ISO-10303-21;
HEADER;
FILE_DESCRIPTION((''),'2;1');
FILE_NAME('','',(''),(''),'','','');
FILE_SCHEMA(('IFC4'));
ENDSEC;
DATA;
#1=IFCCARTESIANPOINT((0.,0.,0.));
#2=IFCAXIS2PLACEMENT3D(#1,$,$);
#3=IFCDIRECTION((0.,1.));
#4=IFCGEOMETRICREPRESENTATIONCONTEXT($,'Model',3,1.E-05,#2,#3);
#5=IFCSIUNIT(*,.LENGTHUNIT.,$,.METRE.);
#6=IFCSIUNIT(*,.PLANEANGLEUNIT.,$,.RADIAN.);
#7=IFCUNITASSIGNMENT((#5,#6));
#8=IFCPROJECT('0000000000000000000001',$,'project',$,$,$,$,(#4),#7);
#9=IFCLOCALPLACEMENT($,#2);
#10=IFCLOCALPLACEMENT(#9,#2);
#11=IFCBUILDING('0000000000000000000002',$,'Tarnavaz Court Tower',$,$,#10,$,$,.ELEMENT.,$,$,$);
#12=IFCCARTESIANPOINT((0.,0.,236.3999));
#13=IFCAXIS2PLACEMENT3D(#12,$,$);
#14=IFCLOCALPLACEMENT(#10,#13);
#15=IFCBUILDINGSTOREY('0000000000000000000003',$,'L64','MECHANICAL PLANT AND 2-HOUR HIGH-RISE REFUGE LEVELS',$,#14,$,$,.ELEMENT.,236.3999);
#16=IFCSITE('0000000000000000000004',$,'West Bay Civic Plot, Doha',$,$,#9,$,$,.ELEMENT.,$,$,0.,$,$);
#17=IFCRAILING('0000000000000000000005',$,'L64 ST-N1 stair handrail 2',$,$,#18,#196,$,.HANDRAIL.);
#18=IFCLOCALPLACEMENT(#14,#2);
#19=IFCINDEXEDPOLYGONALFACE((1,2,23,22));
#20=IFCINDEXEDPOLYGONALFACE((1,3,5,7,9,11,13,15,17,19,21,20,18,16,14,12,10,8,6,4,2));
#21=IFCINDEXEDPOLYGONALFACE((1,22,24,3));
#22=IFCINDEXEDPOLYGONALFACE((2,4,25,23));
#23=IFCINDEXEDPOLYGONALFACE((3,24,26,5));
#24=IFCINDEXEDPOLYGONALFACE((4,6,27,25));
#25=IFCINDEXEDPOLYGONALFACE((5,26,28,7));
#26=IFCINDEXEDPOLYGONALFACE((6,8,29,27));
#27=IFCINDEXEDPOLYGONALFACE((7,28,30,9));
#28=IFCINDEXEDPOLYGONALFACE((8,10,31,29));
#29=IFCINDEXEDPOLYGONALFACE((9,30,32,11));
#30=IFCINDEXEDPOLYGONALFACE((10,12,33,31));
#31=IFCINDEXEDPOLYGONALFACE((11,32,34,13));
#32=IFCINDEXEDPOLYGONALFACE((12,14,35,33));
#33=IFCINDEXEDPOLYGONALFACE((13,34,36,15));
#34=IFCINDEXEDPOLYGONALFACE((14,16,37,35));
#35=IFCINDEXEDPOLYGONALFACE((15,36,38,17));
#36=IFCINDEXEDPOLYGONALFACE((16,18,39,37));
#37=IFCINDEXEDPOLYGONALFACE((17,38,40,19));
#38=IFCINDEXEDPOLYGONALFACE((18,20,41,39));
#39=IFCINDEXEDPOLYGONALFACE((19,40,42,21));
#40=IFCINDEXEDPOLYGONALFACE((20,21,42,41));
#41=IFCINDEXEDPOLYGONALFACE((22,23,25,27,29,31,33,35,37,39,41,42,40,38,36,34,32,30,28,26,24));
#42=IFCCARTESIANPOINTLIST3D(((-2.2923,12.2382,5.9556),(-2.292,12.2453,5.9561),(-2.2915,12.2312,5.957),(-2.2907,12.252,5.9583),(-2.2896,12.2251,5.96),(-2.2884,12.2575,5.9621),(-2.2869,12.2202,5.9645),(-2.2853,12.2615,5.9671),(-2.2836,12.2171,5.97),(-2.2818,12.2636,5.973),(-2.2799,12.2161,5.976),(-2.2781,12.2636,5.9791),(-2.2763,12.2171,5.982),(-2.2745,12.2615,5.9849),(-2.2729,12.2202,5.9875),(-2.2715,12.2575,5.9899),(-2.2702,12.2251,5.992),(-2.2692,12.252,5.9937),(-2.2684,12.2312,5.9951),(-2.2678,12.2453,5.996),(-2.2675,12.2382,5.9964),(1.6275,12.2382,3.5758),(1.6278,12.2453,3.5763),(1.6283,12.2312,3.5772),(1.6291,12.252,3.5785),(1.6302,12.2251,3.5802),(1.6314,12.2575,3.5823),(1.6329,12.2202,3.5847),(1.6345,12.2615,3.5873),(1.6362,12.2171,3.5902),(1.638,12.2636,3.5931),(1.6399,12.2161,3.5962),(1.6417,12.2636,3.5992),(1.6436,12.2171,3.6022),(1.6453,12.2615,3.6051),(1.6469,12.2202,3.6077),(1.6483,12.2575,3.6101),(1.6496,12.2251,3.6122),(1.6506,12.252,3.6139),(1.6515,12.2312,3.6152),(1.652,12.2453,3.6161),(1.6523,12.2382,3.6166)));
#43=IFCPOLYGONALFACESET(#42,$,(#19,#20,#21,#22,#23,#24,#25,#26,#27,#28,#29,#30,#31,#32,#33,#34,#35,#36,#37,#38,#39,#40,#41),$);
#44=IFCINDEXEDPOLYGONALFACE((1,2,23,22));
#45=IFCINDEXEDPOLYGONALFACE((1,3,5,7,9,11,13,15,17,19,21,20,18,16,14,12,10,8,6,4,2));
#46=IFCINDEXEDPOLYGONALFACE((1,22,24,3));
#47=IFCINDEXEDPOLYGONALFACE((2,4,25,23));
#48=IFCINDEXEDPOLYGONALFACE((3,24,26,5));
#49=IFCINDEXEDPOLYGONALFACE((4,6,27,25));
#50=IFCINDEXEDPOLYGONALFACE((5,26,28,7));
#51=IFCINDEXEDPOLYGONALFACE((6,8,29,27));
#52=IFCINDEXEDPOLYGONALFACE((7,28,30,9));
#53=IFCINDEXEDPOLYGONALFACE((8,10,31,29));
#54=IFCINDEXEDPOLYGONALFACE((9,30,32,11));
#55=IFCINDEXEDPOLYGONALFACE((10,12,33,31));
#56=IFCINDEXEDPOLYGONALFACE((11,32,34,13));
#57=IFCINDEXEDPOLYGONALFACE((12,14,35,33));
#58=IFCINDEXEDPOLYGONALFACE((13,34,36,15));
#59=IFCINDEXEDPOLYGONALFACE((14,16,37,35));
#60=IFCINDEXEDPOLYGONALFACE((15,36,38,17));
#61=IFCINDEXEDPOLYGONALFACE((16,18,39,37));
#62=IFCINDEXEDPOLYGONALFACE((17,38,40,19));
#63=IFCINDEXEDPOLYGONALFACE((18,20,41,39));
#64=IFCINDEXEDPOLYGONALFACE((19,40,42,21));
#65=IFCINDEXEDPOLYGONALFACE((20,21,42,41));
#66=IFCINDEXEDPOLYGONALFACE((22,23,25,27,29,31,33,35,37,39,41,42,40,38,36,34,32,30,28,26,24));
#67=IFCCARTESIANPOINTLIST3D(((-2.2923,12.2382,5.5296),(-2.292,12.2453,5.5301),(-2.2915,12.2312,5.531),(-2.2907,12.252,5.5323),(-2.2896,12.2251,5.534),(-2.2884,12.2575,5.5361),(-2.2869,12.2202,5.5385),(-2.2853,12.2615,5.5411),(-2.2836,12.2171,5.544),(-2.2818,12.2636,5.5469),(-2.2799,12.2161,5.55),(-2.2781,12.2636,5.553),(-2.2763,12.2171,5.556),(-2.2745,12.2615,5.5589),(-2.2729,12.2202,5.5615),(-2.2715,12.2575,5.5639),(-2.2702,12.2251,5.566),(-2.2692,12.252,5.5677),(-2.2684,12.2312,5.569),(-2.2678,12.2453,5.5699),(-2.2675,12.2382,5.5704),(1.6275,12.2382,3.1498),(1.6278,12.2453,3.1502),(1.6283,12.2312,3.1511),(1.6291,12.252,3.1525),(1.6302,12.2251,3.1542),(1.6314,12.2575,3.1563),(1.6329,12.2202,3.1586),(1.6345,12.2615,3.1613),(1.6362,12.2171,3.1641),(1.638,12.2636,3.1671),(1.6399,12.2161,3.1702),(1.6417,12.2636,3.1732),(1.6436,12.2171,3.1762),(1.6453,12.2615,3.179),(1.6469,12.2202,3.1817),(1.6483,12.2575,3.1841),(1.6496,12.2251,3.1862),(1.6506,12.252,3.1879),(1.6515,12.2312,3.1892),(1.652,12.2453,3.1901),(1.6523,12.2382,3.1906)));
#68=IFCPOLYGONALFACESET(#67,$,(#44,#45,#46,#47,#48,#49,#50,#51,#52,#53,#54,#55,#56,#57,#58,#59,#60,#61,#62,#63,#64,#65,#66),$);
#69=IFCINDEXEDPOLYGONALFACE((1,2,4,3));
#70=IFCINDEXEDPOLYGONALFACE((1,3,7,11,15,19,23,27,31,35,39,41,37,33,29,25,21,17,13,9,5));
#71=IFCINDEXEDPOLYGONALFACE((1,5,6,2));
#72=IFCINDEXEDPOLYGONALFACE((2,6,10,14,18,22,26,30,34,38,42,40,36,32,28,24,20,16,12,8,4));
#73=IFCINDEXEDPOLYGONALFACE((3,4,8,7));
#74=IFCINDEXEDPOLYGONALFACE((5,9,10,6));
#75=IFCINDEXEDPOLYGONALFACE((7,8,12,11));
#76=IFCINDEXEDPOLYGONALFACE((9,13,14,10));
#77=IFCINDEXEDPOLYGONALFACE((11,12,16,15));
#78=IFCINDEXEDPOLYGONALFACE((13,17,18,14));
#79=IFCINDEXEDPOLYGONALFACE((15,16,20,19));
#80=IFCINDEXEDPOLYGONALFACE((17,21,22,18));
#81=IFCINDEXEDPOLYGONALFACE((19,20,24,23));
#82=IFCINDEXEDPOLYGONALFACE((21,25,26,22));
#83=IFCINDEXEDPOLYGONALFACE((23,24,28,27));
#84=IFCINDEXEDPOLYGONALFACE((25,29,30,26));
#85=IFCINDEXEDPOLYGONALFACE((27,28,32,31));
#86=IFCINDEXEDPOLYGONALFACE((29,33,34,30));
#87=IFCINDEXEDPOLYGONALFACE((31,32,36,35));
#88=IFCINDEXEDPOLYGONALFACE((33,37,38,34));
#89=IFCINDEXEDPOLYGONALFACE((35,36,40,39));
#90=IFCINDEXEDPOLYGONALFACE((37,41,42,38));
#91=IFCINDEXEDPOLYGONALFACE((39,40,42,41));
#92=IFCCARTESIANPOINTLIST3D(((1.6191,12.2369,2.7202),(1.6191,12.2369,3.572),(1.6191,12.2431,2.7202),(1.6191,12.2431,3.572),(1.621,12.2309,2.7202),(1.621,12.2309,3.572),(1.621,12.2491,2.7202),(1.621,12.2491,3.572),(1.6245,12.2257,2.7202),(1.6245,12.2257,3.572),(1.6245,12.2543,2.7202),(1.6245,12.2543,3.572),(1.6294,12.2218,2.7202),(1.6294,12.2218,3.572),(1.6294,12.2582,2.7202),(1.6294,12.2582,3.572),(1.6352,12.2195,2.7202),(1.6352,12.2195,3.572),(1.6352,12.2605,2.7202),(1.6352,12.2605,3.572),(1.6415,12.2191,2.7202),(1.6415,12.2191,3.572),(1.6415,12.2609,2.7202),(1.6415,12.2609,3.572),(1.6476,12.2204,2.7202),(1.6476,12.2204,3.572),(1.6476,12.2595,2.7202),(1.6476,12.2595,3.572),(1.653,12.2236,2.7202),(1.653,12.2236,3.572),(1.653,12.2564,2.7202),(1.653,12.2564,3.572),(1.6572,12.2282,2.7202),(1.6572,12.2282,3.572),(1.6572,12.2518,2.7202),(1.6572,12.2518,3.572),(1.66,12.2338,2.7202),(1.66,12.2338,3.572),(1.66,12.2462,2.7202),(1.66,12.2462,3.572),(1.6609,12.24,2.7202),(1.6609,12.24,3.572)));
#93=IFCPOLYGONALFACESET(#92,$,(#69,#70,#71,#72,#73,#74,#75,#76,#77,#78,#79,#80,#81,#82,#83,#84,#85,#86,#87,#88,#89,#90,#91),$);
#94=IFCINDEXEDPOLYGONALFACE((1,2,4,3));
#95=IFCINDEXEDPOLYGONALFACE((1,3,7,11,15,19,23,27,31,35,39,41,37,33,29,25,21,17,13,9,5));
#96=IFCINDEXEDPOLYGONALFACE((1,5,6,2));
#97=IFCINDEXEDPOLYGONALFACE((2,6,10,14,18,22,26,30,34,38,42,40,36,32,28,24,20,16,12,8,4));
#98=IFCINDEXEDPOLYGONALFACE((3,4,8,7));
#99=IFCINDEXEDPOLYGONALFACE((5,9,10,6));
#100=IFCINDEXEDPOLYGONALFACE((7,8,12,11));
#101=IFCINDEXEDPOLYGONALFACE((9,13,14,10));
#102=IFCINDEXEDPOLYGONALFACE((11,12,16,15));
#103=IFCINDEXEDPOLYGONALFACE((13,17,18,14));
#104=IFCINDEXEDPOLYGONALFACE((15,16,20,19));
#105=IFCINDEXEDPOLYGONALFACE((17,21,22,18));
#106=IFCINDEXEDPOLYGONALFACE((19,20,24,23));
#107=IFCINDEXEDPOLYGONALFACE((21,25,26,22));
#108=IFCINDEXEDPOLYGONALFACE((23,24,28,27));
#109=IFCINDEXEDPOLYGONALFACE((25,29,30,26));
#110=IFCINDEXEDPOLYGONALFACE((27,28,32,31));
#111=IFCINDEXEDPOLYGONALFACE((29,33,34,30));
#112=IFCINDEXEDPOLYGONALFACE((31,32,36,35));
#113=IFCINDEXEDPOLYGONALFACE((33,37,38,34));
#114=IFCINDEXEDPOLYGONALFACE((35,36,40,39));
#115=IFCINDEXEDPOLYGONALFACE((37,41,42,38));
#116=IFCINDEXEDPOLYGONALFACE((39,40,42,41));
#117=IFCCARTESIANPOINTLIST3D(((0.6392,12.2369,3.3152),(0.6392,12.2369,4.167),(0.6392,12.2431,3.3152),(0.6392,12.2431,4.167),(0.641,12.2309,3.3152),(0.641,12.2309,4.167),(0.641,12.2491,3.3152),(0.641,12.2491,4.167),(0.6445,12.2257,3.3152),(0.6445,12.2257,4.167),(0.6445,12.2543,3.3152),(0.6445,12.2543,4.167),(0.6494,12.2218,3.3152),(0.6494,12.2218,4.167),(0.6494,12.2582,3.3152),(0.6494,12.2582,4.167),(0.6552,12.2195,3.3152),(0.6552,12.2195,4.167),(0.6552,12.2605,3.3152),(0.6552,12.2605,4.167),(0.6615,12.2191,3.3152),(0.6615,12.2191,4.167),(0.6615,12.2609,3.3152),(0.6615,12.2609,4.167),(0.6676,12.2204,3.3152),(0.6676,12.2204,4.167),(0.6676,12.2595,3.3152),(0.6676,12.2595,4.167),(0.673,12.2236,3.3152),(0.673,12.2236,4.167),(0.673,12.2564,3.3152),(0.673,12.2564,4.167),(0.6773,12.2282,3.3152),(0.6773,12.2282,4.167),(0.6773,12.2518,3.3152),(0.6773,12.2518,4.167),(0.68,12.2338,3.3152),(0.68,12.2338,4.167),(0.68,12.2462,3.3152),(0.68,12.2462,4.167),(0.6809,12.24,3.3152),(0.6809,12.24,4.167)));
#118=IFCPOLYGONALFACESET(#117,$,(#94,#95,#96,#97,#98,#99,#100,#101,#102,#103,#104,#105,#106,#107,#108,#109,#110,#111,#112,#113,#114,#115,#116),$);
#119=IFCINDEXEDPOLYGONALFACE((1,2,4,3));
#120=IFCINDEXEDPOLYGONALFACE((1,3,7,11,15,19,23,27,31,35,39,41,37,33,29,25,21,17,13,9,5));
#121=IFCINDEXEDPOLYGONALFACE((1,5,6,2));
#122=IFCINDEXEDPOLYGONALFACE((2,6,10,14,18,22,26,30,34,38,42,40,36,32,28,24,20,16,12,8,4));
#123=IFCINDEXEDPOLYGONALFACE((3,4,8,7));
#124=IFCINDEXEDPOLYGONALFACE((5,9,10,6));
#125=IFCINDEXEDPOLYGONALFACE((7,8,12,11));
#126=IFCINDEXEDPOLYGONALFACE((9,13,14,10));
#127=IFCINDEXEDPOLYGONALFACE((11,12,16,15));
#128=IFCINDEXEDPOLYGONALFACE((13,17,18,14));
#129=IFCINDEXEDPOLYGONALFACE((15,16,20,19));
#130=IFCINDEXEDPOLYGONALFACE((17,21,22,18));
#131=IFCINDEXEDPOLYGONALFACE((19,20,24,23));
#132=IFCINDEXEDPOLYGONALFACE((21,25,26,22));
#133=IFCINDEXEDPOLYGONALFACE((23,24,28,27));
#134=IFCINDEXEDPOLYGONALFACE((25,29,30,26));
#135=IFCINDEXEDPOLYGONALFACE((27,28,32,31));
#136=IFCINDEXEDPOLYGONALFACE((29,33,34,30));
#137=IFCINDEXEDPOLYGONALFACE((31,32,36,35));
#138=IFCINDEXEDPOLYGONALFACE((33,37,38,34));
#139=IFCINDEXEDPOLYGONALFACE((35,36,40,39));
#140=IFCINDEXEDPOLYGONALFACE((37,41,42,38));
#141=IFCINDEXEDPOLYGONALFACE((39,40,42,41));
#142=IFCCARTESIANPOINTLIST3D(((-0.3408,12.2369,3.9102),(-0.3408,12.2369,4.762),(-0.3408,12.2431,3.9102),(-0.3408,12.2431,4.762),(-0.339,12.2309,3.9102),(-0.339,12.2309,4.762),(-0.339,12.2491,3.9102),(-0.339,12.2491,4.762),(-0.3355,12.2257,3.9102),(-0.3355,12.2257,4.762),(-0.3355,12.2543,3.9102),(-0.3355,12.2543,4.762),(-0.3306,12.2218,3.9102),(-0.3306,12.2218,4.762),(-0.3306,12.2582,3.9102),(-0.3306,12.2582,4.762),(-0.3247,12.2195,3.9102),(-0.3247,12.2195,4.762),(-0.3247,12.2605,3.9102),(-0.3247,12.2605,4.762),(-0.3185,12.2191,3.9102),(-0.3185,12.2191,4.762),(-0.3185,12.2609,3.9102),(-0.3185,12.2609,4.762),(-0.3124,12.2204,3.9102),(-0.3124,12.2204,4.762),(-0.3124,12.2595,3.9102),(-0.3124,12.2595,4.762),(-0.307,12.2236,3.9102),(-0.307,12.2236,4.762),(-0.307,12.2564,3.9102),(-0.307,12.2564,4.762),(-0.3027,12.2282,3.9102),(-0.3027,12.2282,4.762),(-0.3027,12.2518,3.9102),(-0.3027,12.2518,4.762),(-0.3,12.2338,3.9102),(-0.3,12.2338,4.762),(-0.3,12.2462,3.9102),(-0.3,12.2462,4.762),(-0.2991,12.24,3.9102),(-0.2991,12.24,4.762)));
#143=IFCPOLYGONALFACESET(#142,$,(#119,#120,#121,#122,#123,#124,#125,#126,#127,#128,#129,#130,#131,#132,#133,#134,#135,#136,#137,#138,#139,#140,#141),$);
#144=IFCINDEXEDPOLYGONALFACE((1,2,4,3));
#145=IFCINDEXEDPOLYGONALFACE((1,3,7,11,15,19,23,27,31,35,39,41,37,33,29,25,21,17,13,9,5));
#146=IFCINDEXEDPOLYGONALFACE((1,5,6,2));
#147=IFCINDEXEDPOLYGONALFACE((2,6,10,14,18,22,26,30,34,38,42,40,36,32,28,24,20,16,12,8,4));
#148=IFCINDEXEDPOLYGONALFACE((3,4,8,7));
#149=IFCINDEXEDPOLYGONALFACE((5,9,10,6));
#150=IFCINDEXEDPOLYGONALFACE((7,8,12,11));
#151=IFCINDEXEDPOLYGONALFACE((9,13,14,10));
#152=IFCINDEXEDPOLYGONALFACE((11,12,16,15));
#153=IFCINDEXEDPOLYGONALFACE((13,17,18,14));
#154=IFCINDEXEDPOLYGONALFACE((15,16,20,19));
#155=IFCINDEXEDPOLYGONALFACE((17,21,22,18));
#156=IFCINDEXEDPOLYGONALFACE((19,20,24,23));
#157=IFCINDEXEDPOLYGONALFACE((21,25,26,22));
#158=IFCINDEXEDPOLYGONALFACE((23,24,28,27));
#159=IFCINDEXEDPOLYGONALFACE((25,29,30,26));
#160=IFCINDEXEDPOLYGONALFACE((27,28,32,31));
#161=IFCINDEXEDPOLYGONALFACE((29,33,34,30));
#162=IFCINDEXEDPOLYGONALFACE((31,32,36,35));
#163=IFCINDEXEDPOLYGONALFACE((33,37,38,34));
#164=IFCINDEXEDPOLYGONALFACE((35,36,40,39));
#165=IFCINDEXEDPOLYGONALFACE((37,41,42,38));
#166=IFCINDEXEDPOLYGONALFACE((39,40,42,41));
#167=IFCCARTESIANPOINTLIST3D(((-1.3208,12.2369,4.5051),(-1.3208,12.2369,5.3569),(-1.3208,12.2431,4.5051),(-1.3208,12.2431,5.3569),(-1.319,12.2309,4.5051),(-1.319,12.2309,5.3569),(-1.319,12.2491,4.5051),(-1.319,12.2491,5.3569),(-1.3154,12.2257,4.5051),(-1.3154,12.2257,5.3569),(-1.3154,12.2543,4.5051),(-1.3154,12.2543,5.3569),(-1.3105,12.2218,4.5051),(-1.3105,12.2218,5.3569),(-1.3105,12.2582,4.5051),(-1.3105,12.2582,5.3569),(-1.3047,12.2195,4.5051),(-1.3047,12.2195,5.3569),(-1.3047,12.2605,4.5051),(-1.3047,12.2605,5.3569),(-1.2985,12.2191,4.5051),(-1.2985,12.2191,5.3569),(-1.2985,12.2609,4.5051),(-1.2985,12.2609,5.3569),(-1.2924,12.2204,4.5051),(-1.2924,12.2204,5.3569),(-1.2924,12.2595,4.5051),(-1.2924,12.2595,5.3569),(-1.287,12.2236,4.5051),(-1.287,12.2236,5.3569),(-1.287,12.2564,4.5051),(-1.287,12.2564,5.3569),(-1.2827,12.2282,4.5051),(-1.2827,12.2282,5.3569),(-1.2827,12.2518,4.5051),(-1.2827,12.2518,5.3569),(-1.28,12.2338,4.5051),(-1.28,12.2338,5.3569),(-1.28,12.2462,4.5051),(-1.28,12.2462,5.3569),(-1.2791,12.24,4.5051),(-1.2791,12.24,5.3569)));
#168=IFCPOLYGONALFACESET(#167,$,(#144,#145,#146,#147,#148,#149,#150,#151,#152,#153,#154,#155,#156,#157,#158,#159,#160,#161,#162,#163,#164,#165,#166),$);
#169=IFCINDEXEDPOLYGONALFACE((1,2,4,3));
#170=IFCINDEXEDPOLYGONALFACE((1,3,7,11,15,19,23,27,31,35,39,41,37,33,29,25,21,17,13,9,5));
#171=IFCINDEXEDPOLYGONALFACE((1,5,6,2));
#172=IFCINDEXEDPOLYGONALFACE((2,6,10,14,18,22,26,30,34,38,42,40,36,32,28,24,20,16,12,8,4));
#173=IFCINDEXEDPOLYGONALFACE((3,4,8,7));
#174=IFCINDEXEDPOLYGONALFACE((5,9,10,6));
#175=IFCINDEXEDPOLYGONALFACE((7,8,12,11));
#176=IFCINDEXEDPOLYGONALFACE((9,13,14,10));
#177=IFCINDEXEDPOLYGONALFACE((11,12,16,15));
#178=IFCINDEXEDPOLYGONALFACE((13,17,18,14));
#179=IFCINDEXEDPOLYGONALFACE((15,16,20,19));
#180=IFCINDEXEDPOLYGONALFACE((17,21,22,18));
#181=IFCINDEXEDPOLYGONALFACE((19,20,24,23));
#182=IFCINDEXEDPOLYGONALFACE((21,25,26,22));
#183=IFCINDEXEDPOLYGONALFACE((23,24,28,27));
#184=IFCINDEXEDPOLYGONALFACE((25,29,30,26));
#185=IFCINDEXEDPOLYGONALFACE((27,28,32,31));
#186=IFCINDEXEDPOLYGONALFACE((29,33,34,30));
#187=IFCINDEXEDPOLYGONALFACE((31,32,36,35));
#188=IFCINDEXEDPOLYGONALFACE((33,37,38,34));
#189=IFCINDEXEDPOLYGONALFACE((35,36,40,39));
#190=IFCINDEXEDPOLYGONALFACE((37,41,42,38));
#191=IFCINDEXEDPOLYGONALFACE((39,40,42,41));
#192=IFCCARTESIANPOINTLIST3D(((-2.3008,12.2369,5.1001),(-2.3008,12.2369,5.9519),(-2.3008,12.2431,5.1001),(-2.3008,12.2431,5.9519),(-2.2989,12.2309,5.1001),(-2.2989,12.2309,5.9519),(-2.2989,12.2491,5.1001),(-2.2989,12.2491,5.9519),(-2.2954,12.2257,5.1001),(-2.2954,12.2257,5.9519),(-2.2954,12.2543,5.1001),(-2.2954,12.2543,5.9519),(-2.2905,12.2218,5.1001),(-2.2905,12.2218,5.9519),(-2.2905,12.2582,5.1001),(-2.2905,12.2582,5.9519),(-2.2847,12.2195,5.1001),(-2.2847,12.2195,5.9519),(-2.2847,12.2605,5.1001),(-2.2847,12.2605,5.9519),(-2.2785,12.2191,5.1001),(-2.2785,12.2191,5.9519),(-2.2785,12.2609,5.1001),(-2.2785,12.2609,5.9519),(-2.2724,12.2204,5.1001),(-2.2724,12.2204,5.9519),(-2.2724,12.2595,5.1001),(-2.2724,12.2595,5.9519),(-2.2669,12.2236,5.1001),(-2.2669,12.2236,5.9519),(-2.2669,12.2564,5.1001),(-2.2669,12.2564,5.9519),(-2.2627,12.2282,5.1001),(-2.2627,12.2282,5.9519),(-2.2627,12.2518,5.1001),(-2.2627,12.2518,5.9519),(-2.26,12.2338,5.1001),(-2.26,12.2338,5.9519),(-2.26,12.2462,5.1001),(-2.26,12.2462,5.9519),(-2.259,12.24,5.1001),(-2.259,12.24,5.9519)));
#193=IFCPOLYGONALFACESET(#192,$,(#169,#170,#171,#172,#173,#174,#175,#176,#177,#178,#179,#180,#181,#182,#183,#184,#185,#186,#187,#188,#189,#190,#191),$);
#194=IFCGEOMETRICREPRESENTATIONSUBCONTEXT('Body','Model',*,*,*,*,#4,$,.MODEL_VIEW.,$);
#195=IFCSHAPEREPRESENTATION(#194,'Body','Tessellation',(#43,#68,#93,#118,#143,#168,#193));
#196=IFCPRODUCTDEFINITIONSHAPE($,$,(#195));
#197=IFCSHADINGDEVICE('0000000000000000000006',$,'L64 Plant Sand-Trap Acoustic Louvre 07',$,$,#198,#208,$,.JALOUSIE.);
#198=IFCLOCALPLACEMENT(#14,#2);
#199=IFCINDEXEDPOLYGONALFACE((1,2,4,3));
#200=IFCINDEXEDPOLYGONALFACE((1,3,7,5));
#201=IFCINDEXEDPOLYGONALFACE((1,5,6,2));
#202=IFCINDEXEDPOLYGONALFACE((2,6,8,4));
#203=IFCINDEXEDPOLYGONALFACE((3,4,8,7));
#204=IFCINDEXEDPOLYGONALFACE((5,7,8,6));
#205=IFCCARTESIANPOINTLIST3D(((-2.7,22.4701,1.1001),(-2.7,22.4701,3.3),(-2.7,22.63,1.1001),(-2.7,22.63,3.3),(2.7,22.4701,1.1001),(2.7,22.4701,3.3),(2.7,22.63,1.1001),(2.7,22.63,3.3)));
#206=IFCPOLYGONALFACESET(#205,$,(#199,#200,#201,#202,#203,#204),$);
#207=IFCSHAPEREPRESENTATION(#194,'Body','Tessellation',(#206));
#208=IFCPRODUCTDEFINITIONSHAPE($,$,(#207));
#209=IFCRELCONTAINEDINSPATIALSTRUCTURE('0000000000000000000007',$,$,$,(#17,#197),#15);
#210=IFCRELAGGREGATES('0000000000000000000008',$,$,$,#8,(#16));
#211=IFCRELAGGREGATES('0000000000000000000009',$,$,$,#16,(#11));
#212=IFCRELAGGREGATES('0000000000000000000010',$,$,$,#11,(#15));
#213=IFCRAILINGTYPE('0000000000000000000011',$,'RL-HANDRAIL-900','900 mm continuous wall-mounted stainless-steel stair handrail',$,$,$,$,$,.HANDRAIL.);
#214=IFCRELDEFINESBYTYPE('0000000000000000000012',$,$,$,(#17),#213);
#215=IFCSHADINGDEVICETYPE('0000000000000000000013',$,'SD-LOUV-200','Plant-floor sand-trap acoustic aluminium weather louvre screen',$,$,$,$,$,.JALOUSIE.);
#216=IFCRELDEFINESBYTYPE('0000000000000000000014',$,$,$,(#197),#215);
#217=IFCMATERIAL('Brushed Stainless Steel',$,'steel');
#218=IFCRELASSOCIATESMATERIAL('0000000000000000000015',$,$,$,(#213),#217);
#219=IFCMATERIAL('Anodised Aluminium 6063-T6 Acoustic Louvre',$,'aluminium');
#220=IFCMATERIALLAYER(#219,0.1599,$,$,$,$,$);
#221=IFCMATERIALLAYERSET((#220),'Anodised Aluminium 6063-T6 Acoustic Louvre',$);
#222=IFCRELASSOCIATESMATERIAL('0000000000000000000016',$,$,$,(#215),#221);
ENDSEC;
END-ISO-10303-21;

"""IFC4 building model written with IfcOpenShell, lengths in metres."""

from ifc_helpers import new_model, si_unit, direction, frame, origin, origin_2d, place, context, subcontext, project, spatial, rectangle, circle, extrude, material, layer, layer_set, type_object, element, save


model = new_model("IFC4")

# Units and contexts
model_context = context("Model", 3, precision=1e-05, world=origin(), true_north=direction((0.0, 1.0)))
body_context = subcontext(model_context, "Body", "Model", "MODEL_VIEW")
ifc_project = project(units=[si_unit("LENGTHUNIT", "METRE"), si_unit("PLANEANGLEUNIT", "RADIAN")], contexts=[model_context])

# Site, building, storey
site_placement = place(None, origin())
site = spatial("IfcSite", under=ifc_project, at=site_placement, Name="West Bay Civic Plot, Doha", CompositionType="ELEMENT", RefElevation=0.0)
building_placement = place(site_placement, origin())
building = spatial("IfcBuilding", under=site, at=building_placement, Name="Tarnavaz Court Tower", CompositionType="ELEMENT")
storey_placement = place(building_placement, frame((0.0, 0.0, 236.3999)))
storey = spatial("IfcBuildingStorey", under=building, at=storey_placement, Name="L64", Description="MECHANICAL PLANT AND 2-HOUR HIGH-RISE REFUGE LEVELS", CompositionType="ELEMENT", Elevation=236.3999)

# Railing
ifc_material_1 = material(Name="Brushed Stainless Steel", Category="steel")
railing_type = type_object("IfcRailingType", Name="RL-HANDRAIL-900", Description="900 mm continuous wall-mounted stainless-steel stair handrail", PredefinedType="HANDRAIL", material=ifc_material_1)
railing_placement = place(storey_placement, frame((1.6399, 12.24, 2.7202)))
element("IfcRailing", 1, at=railing_placement, inside=storey, type_object=railing_type, Name="L64 ST-N1 stair handrail 2", PredefinedType="HANDRAIL", context=body_context, shape_type="SweptSolid", body=[
    extrude(circle(Radius=0.0239, at=origin_2d()), frame((0.0, 0.0, 0.876), z_axis=(-0.854794, 0.0, 0.518967), x_axis=(0.0, -1.0, 0.0)), (0.0, 0.0, 1.0), 4.5857),
    extrude(circle(Radius=0.0239, at=origin_2d()), frame((0.0, 0.0, 0.45), z_axis=(-0.854794, 0.0, 0.518967), x_axis=(0.0, -1.0, 0.0)), (0.0, 0.0, 1.0), 4.5857),
    extrude(circle(Radius=0.021, at=origin_2d()), origin(), (0.0, 0.0, 1.0), 0.8518),
    extrude(circle(Radius=0.021, at=origin_2d()), frame((-0.98, 0.0, 0.595)), (0.0, 0.0, 1.0), 0.8518),
    extrude(circle(Radius=0.021, at=origin_2d()), frame((-1.96, 0.0, 1.1899)), (0.0, 0.0, 1.0), 0.8518),
    extrude(circle(Radius=0.021, at=origin_2d()), frame((-2.9399, 0.0, 1.7849)), (0.0, 0.0, 1.0), 0.8518),
    extrude(circle(Radius=0.021, at=origin_2d()), frame((-3.9199, 0.0, 2.3799)), (0.0, 0.0, 1.0), 0.8518),
])

# Shading device
ifc_material_2 = material(Name="Anodised Aluminium 6063-T6 Acoustic Louvre", Category="aluminium")
ifc_layer_1 = layer(ifc_material_2, 0.1599)
ifc_layer_set_1 = layer_set([ifc_layer_1], Name="Anodised Aluminium 6063-T6 Acoustic Louvre")
shading_device_type = type_object("IfcShadingDeviceType", Name="SD-LOUV-200", Description="Plant-floor sand-trap acoustic aluminium weather louvre screen", PredefinedType="JALOUSIE", material=ifc_layer_set_1)
shading_device_placement = place(storey_placement, frame((0.0, 22.55, 1.1001), z_axis=(0.0, 0.0, 1.0), x_axis=(1.0, 0.0, 0.0)))
element("IfcShadingDevice", 2, at=shading_device_placement, inside=storey, type_object=shading_device_type, Name="L64 Plant Sand-Trap Acoustic Louvre 07", PredefinedType="JALOUSIE", context=body_context, shape_type="SweptSolid", body=[
    extrude(rectangle(XDim=5.3999, YDim=0.1599, at=origin_2d()), origin(), (0.0, 0.0, 1.0), 2.2),
])

save(model, "model.ifc")
